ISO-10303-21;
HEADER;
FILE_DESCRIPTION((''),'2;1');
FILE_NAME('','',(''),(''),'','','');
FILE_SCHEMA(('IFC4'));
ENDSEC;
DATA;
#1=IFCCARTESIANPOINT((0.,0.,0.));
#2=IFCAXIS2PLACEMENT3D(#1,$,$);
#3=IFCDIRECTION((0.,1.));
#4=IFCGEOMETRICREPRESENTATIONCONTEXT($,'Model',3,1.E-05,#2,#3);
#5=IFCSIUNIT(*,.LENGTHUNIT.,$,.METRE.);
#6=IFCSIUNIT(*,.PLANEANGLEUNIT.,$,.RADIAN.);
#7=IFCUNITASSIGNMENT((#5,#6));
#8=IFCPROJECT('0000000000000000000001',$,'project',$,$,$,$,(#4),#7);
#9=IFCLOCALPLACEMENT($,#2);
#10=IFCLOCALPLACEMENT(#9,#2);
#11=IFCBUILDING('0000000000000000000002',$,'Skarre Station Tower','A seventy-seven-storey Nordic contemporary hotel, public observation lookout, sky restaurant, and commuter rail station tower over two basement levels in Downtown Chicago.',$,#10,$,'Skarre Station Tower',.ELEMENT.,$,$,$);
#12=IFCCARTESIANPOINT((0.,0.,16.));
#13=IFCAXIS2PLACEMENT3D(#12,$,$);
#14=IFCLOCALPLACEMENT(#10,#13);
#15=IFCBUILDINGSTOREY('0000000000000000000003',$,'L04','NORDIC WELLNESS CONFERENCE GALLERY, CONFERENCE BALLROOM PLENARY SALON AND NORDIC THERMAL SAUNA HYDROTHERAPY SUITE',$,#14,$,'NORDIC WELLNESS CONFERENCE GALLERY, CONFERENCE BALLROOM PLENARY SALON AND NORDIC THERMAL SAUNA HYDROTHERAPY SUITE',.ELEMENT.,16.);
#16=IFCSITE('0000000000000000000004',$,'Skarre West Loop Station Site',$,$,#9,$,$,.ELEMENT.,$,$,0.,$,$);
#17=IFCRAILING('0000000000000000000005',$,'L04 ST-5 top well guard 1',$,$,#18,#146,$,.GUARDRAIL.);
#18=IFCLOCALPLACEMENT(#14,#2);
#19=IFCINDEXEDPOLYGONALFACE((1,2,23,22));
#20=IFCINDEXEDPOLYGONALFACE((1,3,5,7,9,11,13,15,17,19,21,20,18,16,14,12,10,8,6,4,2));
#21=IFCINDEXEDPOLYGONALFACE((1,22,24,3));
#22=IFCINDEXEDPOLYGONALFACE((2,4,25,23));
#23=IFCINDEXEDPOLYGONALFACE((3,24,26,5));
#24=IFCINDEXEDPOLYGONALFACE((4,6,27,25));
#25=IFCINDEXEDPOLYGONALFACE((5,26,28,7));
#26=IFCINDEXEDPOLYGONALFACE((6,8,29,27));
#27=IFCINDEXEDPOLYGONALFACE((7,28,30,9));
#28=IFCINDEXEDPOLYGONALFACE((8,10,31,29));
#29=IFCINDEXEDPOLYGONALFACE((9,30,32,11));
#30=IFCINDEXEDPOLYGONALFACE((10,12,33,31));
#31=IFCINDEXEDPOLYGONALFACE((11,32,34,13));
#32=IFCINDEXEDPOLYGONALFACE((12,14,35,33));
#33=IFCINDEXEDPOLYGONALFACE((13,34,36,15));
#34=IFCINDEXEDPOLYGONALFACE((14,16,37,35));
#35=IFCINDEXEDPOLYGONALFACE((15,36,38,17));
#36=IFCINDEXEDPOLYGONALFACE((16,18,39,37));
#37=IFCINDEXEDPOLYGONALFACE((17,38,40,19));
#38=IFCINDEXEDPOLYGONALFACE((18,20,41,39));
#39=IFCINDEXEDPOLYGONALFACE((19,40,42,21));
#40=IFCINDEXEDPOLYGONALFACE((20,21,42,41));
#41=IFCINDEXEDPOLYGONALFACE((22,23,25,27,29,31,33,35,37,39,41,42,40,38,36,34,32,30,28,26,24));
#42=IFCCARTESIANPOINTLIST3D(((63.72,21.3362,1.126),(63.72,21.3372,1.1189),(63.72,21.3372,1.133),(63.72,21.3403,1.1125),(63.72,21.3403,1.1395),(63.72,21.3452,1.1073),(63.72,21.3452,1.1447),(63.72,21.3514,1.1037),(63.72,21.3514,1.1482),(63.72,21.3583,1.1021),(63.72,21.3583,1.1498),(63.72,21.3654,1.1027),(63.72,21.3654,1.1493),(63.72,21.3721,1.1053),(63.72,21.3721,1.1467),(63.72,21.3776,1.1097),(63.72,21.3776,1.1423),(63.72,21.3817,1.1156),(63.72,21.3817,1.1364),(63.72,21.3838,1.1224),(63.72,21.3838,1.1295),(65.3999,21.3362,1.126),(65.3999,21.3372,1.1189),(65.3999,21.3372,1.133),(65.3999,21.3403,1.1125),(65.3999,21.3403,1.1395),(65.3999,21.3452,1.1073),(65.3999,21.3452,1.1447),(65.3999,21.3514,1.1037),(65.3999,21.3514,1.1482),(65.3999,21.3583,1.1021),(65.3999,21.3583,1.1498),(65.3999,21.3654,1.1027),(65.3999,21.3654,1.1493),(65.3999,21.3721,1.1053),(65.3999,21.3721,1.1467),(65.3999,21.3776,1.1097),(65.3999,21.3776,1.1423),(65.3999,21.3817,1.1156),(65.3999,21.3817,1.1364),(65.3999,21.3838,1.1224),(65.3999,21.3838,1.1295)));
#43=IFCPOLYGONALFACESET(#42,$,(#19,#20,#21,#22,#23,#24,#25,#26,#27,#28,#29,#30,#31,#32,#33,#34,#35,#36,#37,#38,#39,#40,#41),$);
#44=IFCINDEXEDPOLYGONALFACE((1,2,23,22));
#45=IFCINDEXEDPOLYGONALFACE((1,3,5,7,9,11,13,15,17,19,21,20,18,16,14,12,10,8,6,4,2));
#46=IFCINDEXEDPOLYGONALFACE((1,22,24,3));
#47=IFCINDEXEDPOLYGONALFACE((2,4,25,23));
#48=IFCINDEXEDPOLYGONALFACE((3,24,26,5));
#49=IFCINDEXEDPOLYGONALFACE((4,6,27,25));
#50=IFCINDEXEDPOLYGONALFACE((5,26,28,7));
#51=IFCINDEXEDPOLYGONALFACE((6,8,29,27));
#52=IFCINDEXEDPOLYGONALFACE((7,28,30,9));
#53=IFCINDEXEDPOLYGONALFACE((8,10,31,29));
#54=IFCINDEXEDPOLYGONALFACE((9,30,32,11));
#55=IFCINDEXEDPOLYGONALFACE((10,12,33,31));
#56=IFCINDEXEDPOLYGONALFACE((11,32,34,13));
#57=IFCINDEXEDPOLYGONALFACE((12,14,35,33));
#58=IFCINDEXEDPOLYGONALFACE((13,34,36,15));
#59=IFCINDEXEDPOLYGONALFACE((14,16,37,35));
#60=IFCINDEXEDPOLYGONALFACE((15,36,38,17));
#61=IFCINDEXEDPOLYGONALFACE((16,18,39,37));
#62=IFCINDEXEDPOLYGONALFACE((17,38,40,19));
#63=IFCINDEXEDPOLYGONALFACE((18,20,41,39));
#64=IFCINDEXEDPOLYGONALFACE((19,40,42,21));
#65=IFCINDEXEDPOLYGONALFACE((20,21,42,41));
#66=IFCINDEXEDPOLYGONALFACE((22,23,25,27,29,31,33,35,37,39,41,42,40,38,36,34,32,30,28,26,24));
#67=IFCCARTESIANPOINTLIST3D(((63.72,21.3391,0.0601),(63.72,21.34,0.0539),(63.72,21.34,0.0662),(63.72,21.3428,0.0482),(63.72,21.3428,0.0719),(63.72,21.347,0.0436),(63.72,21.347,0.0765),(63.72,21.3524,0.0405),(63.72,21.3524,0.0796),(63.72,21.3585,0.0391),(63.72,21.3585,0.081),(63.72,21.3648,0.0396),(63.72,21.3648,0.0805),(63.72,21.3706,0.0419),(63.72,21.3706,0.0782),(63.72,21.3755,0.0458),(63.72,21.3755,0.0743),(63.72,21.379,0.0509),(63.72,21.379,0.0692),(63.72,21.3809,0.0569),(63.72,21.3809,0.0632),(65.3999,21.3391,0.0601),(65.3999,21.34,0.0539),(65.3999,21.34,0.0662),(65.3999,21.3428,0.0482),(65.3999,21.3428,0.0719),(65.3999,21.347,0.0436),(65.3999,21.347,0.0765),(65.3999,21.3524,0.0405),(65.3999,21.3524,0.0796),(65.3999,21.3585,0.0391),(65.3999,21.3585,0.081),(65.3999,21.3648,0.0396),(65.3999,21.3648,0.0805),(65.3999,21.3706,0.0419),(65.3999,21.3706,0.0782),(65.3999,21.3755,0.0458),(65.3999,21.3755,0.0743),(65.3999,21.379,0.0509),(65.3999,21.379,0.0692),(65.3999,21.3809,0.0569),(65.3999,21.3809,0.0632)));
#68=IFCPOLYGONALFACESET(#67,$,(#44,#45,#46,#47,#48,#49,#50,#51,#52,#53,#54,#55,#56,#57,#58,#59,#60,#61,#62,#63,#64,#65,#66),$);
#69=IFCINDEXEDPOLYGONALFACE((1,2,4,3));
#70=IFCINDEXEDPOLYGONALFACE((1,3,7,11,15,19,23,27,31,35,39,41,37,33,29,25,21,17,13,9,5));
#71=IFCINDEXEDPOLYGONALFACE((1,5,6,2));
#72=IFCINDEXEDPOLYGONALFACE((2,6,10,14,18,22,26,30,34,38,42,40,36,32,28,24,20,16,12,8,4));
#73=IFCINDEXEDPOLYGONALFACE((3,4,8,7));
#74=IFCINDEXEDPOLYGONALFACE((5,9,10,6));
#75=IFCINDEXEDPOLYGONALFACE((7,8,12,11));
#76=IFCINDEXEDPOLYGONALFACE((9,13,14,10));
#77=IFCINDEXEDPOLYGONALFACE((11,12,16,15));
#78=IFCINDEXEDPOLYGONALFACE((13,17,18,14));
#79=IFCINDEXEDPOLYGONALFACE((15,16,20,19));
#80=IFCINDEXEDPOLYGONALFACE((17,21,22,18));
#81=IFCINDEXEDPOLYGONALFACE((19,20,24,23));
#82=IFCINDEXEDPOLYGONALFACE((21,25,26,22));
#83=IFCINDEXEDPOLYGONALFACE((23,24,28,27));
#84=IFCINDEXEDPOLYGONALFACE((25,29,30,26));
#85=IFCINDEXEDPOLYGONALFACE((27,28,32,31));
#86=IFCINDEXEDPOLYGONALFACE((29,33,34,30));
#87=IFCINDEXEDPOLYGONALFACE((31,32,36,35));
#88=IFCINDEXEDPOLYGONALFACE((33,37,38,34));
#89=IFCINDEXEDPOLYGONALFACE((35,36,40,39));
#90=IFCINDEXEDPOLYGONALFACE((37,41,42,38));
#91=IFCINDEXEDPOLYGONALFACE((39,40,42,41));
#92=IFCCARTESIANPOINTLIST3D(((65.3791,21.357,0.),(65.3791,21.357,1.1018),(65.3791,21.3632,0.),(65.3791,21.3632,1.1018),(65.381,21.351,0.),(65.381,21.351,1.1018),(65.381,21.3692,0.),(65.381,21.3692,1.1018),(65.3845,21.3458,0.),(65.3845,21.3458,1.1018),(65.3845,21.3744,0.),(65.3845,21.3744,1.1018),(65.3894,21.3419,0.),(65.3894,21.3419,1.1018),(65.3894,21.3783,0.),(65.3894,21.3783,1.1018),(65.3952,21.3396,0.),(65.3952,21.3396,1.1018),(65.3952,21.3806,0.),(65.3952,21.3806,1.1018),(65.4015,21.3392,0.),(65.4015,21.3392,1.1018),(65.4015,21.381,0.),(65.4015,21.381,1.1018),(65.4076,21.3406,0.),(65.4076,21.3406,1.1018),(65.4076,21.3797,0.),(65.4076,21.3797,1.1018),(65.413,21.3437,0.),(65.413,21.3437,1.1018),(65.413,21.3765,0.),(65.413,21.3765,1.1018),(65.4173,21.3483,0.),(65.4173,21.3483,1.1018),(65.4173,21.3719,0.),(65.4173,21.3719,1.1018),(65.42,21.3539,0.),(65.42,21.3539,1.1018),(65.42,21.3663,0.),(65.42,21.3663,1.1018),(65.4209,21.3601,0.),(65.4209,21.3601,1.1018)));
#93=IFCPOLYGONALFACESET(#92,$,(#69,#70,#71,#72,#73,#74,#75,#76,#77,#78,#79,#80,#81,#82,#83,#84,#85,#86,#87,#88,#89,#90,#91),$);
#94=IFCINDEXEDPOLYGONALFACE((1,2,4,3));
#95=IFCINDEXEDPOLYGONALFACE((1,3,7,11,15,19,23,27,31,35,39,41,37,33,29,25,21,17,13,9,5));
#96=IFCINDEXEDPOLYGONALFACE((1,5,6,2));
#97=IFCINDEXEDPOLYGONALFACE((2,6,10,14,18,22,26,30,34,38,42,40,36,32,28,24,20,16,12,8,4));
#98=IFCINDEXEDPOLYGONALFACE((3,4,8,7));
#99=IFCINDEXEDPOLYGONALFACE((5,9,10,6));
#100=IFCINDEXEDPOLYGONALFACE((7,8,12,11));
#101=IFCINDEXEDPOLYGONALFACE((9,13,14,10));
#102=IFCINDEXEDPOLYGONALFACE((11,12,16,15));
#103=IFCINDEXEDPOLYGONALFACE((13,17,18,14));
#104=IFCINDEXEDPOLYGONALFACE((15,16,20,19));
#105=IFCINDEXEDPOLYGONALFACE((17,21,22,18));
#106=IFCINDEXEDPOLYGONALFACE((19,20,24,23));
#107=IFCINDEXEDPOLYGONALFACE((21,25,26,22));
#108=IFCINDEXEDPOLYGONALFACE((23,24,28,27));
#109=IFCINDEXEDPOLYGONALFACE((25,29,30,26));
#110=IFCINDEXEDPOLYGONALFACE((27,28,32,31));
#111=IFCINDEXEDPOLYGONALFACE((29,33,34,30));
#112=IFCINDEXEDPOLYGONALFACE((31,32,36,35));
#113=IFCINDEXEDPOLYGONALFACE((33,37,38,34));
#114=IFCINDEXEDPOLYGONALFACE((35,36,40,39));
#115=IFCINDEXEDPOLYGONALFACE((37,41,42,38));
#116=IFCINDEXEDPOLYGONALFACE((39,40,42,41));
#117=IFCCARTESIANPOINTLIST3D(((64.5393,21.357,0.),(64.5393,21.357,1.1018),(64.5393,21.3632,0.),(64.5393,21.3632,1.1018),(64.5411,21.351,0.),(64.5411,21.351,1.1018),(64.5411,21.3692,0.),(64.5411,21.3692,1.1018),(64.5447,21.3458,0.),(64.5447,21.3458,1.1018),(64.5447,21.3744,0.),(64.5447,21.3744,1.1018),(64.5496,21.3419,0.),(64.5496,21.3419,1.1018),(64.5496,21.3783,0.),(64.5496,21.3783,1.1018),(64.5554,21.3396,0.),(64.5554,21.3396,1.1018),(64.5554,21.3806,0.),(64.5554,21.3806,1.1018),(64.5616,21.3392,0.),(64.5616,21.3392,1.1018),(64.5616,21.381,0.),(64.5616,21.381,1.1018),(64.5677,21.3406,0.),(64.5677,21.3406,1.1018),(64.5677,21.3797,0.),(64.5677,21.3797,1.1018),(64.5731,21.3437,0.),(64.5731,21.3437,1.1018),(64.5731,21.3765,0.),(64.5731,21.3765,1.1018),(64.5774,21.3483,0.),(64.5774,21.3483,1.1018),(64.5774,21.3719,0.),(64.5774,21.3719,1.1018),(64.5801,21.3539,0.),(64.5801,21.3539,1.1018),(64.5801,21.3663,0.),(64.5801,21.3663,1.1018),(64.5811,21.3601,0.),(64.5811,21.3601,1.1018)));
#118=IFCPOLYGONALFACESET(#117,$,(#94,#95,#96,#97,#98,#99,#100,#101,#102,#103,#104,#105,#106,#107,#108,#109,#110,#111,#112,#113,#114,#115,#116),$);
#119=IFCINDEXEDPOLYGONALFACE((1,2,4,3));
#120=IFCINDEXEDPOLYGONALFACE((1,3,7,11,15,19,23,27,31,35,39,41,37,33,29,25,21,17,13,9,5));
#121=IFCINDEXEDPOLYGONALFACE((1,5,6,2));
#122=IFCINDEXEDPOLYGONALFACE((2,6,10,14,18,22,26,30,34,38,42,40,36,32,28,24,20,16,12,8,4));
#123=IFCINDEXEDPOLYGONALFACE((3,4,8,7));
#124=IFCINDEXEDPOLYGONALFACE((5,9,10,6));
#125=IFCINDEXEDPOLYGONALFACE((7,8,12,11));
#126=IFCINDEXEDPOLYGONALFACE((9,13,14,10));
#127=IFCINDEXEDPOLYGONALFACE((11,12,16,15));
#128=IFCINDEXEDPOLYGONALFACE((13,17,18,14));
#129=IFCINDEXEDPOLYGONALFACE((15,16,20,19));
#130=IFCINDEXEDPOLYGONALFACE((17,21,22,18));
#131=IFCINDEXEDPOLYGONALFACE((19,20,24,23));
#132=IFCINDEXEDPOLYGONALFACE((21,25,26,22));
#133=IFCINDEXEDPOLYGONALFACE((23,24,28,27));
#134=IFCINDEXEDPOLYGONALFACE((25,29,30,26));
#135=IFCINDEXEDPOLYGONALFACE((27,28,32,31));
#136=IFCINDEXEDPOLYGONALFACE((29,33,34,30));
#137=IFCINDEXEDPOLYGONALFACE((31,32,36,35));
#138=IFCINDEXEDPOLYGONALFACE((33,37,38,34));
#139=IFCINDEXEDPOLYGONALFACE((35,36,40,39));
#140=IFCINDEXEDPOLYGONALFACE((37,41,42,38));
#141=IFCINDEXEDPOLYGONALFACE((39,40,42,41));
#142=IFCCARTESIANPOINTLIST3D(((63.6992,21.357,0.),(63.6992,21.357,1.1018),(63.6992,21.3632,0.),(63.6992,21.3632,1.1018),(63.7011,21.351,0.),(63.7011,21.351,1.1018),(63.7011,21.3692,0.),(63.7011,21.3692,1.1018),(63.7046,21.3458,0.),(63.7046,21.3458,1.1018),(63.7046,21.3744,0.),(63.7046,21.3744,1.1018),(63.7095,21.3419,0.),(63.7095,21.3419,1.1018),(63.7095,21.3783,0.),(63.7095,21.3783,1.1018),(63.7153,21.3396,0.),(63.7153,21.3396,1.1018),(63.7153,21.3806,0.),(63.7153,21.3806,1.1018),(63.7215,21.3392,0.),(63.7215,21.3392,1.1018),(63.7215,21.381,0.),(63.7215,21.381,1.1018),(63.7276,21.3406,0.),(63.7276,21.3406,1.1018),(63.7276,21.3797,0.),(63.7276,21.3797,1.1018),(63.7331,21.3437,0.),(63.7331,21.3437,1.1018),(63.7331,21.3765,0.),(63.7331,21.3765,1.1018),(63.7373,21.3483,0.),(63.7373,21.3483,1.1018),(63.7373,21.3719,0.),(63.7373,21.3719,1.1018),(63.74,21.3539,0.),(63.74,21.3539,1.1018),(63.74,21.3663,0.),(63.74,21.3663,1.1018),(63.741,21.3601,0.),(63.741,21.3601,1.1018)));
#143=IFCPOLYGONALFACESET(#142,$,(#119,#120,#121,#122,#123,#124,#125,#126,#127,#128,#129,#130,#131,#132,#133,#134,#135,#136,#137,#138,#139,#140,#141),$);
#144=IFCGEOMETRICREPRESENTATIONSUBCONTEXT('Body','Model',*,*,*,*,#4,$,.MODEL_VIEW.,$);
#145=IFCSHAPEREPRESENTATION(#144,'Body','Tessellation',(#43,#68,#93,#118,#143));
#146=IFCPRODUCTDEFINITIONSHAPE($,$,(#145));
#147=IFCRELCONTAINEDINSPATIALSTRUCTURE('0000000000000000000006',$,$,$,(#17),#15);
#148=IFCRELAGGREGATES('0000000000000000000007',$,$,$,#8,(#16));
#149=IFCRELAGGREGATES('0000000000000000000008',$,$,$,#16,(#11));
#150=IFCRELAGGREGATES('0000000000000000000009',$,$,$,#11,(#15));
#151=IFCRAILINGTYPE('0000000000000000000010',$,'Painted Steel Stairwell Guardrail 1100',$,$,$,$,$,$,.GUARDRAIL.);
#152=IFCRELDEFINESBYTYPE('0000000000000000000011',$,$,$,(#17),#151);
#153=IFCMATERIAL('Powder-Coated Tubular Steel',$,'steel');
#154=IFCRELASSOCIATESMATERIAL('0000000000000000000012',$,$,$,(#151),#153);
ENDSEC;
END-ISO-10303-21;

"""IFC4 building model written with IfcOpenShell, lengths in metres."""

from ifc_helpers import new_model, si_unit, direction, frame, origin, origin_2d, place, context, subcontext, project, spatial, circle, extrude, material, type_object, element, save


model = new_model("IFC4")

# Units and contexts
model_context = context("Model", 3, precision=1e-05, world=origin(), true_north=direction((0.0, 1.0)))
body_context = subcontext(model_context, "Body", "Model", "MODEL_VIEW")
ifc_project = project(units=[si_unit("LENGTHUNIT", "METRE"), si_unit("PLANEANGLEUNIT", "RADIAN")], contexts=[model_context])

# Site, building, storey
site_placement = place(None, origin())
site = spatial("IfcSite", under=ifc_project, at=site_placement, Name="Skarre West Loop Station Site", CompositionType="ELEMENT", RefElevation=0.0)
building_placement = place(site_placement, origin())
building = spatial("IfcBuilding", under=site, at=building_placement, Name="Skarre Station Tower", Description="A seventy-seven-storey Nordic contemporary hotel, public observation lookout, sky restaurant, and commuter rail station tower over two basement levels in Downtown Chicago.", LongName="Skarre Station Tower", CompositionType="ELEMENT")
storey_placement = place(building_placement, frame((0.0, 0.0, 16.0)))
storey = spatial("IfcBuildingStorey", under=building, at=storey_placement, Name="L04", Description="NORDIC WELLNESS CONFERENCE GALLERY, CONFERENCE BALLROOM PLENARY SALON AND NORDIC THERMAL SAUNA HYDROTHERAPY SUITE", LongName="NORDIC WELLNESS CONFERENCE GALLERY, CONFERENCE BALLROOM PLENARY SALON AND NORDIC THERMAL SAUNA HYDROTHERAPY SUITE", CompositionType="ELEMENT", Elevation=16.0)

# Railing
ifc_material_1 = material(Name="Powder-Coated Tubular Steel", Category="steel")
railing_type = type_object("IfcRailingType", Name="Painted Steel Stairwell Guardrail 1100", PredefinedType="GUARDRAIL", material=ifc_material_1)
railing_placement = place(storey_placement, frame((65.3999, 21.3601, 0.0)))
element("IfcRailing", 1, at=railing_placement, inside=storey, type_object=railing_type, Name="L04 ST-5 top well guard 1", PredefinedType="GUARDRAIL", context=body_context, shape_type="SweptSolid", body=[
    extrude(circle(Radius=0.0239, at=origin_2d()), frame((0.0, 0.0, 1.126), z_axis=(-1.0, 0.0, 0.0), x_axis=(0.0, -1.0, 0.0)), (0.0, 0.0, 1.0), 1.6799),
    extrude(circle(Radius=0.021, at=origin_2d()), frame((0.0, 0.0, 0.0601), z_axis=(-1.0, 0.0, 0.0), x_axis=(0.0, -1.0, 0.0)), (0.0, 0.0, 1.0), 1.6799),
    extrude(circle(Radius=0.021, at=origin_2d()), origin(), (0.0, 0.0, 1.0), 1.1018),
    extrude(circle(Radius=0.021, at=origin_2d()), frame((-0.8398, 0.0, 0.0)), (0.0, 0.0, 1.0), 1.1018),
    extrude(circle(Radius=0.021, at=origin_2d()), frame((-1.6799, 0.0, 0.0)), (0.0, 0.0, 1.0), 1.1018),
])

save(model, "model.ifc")
